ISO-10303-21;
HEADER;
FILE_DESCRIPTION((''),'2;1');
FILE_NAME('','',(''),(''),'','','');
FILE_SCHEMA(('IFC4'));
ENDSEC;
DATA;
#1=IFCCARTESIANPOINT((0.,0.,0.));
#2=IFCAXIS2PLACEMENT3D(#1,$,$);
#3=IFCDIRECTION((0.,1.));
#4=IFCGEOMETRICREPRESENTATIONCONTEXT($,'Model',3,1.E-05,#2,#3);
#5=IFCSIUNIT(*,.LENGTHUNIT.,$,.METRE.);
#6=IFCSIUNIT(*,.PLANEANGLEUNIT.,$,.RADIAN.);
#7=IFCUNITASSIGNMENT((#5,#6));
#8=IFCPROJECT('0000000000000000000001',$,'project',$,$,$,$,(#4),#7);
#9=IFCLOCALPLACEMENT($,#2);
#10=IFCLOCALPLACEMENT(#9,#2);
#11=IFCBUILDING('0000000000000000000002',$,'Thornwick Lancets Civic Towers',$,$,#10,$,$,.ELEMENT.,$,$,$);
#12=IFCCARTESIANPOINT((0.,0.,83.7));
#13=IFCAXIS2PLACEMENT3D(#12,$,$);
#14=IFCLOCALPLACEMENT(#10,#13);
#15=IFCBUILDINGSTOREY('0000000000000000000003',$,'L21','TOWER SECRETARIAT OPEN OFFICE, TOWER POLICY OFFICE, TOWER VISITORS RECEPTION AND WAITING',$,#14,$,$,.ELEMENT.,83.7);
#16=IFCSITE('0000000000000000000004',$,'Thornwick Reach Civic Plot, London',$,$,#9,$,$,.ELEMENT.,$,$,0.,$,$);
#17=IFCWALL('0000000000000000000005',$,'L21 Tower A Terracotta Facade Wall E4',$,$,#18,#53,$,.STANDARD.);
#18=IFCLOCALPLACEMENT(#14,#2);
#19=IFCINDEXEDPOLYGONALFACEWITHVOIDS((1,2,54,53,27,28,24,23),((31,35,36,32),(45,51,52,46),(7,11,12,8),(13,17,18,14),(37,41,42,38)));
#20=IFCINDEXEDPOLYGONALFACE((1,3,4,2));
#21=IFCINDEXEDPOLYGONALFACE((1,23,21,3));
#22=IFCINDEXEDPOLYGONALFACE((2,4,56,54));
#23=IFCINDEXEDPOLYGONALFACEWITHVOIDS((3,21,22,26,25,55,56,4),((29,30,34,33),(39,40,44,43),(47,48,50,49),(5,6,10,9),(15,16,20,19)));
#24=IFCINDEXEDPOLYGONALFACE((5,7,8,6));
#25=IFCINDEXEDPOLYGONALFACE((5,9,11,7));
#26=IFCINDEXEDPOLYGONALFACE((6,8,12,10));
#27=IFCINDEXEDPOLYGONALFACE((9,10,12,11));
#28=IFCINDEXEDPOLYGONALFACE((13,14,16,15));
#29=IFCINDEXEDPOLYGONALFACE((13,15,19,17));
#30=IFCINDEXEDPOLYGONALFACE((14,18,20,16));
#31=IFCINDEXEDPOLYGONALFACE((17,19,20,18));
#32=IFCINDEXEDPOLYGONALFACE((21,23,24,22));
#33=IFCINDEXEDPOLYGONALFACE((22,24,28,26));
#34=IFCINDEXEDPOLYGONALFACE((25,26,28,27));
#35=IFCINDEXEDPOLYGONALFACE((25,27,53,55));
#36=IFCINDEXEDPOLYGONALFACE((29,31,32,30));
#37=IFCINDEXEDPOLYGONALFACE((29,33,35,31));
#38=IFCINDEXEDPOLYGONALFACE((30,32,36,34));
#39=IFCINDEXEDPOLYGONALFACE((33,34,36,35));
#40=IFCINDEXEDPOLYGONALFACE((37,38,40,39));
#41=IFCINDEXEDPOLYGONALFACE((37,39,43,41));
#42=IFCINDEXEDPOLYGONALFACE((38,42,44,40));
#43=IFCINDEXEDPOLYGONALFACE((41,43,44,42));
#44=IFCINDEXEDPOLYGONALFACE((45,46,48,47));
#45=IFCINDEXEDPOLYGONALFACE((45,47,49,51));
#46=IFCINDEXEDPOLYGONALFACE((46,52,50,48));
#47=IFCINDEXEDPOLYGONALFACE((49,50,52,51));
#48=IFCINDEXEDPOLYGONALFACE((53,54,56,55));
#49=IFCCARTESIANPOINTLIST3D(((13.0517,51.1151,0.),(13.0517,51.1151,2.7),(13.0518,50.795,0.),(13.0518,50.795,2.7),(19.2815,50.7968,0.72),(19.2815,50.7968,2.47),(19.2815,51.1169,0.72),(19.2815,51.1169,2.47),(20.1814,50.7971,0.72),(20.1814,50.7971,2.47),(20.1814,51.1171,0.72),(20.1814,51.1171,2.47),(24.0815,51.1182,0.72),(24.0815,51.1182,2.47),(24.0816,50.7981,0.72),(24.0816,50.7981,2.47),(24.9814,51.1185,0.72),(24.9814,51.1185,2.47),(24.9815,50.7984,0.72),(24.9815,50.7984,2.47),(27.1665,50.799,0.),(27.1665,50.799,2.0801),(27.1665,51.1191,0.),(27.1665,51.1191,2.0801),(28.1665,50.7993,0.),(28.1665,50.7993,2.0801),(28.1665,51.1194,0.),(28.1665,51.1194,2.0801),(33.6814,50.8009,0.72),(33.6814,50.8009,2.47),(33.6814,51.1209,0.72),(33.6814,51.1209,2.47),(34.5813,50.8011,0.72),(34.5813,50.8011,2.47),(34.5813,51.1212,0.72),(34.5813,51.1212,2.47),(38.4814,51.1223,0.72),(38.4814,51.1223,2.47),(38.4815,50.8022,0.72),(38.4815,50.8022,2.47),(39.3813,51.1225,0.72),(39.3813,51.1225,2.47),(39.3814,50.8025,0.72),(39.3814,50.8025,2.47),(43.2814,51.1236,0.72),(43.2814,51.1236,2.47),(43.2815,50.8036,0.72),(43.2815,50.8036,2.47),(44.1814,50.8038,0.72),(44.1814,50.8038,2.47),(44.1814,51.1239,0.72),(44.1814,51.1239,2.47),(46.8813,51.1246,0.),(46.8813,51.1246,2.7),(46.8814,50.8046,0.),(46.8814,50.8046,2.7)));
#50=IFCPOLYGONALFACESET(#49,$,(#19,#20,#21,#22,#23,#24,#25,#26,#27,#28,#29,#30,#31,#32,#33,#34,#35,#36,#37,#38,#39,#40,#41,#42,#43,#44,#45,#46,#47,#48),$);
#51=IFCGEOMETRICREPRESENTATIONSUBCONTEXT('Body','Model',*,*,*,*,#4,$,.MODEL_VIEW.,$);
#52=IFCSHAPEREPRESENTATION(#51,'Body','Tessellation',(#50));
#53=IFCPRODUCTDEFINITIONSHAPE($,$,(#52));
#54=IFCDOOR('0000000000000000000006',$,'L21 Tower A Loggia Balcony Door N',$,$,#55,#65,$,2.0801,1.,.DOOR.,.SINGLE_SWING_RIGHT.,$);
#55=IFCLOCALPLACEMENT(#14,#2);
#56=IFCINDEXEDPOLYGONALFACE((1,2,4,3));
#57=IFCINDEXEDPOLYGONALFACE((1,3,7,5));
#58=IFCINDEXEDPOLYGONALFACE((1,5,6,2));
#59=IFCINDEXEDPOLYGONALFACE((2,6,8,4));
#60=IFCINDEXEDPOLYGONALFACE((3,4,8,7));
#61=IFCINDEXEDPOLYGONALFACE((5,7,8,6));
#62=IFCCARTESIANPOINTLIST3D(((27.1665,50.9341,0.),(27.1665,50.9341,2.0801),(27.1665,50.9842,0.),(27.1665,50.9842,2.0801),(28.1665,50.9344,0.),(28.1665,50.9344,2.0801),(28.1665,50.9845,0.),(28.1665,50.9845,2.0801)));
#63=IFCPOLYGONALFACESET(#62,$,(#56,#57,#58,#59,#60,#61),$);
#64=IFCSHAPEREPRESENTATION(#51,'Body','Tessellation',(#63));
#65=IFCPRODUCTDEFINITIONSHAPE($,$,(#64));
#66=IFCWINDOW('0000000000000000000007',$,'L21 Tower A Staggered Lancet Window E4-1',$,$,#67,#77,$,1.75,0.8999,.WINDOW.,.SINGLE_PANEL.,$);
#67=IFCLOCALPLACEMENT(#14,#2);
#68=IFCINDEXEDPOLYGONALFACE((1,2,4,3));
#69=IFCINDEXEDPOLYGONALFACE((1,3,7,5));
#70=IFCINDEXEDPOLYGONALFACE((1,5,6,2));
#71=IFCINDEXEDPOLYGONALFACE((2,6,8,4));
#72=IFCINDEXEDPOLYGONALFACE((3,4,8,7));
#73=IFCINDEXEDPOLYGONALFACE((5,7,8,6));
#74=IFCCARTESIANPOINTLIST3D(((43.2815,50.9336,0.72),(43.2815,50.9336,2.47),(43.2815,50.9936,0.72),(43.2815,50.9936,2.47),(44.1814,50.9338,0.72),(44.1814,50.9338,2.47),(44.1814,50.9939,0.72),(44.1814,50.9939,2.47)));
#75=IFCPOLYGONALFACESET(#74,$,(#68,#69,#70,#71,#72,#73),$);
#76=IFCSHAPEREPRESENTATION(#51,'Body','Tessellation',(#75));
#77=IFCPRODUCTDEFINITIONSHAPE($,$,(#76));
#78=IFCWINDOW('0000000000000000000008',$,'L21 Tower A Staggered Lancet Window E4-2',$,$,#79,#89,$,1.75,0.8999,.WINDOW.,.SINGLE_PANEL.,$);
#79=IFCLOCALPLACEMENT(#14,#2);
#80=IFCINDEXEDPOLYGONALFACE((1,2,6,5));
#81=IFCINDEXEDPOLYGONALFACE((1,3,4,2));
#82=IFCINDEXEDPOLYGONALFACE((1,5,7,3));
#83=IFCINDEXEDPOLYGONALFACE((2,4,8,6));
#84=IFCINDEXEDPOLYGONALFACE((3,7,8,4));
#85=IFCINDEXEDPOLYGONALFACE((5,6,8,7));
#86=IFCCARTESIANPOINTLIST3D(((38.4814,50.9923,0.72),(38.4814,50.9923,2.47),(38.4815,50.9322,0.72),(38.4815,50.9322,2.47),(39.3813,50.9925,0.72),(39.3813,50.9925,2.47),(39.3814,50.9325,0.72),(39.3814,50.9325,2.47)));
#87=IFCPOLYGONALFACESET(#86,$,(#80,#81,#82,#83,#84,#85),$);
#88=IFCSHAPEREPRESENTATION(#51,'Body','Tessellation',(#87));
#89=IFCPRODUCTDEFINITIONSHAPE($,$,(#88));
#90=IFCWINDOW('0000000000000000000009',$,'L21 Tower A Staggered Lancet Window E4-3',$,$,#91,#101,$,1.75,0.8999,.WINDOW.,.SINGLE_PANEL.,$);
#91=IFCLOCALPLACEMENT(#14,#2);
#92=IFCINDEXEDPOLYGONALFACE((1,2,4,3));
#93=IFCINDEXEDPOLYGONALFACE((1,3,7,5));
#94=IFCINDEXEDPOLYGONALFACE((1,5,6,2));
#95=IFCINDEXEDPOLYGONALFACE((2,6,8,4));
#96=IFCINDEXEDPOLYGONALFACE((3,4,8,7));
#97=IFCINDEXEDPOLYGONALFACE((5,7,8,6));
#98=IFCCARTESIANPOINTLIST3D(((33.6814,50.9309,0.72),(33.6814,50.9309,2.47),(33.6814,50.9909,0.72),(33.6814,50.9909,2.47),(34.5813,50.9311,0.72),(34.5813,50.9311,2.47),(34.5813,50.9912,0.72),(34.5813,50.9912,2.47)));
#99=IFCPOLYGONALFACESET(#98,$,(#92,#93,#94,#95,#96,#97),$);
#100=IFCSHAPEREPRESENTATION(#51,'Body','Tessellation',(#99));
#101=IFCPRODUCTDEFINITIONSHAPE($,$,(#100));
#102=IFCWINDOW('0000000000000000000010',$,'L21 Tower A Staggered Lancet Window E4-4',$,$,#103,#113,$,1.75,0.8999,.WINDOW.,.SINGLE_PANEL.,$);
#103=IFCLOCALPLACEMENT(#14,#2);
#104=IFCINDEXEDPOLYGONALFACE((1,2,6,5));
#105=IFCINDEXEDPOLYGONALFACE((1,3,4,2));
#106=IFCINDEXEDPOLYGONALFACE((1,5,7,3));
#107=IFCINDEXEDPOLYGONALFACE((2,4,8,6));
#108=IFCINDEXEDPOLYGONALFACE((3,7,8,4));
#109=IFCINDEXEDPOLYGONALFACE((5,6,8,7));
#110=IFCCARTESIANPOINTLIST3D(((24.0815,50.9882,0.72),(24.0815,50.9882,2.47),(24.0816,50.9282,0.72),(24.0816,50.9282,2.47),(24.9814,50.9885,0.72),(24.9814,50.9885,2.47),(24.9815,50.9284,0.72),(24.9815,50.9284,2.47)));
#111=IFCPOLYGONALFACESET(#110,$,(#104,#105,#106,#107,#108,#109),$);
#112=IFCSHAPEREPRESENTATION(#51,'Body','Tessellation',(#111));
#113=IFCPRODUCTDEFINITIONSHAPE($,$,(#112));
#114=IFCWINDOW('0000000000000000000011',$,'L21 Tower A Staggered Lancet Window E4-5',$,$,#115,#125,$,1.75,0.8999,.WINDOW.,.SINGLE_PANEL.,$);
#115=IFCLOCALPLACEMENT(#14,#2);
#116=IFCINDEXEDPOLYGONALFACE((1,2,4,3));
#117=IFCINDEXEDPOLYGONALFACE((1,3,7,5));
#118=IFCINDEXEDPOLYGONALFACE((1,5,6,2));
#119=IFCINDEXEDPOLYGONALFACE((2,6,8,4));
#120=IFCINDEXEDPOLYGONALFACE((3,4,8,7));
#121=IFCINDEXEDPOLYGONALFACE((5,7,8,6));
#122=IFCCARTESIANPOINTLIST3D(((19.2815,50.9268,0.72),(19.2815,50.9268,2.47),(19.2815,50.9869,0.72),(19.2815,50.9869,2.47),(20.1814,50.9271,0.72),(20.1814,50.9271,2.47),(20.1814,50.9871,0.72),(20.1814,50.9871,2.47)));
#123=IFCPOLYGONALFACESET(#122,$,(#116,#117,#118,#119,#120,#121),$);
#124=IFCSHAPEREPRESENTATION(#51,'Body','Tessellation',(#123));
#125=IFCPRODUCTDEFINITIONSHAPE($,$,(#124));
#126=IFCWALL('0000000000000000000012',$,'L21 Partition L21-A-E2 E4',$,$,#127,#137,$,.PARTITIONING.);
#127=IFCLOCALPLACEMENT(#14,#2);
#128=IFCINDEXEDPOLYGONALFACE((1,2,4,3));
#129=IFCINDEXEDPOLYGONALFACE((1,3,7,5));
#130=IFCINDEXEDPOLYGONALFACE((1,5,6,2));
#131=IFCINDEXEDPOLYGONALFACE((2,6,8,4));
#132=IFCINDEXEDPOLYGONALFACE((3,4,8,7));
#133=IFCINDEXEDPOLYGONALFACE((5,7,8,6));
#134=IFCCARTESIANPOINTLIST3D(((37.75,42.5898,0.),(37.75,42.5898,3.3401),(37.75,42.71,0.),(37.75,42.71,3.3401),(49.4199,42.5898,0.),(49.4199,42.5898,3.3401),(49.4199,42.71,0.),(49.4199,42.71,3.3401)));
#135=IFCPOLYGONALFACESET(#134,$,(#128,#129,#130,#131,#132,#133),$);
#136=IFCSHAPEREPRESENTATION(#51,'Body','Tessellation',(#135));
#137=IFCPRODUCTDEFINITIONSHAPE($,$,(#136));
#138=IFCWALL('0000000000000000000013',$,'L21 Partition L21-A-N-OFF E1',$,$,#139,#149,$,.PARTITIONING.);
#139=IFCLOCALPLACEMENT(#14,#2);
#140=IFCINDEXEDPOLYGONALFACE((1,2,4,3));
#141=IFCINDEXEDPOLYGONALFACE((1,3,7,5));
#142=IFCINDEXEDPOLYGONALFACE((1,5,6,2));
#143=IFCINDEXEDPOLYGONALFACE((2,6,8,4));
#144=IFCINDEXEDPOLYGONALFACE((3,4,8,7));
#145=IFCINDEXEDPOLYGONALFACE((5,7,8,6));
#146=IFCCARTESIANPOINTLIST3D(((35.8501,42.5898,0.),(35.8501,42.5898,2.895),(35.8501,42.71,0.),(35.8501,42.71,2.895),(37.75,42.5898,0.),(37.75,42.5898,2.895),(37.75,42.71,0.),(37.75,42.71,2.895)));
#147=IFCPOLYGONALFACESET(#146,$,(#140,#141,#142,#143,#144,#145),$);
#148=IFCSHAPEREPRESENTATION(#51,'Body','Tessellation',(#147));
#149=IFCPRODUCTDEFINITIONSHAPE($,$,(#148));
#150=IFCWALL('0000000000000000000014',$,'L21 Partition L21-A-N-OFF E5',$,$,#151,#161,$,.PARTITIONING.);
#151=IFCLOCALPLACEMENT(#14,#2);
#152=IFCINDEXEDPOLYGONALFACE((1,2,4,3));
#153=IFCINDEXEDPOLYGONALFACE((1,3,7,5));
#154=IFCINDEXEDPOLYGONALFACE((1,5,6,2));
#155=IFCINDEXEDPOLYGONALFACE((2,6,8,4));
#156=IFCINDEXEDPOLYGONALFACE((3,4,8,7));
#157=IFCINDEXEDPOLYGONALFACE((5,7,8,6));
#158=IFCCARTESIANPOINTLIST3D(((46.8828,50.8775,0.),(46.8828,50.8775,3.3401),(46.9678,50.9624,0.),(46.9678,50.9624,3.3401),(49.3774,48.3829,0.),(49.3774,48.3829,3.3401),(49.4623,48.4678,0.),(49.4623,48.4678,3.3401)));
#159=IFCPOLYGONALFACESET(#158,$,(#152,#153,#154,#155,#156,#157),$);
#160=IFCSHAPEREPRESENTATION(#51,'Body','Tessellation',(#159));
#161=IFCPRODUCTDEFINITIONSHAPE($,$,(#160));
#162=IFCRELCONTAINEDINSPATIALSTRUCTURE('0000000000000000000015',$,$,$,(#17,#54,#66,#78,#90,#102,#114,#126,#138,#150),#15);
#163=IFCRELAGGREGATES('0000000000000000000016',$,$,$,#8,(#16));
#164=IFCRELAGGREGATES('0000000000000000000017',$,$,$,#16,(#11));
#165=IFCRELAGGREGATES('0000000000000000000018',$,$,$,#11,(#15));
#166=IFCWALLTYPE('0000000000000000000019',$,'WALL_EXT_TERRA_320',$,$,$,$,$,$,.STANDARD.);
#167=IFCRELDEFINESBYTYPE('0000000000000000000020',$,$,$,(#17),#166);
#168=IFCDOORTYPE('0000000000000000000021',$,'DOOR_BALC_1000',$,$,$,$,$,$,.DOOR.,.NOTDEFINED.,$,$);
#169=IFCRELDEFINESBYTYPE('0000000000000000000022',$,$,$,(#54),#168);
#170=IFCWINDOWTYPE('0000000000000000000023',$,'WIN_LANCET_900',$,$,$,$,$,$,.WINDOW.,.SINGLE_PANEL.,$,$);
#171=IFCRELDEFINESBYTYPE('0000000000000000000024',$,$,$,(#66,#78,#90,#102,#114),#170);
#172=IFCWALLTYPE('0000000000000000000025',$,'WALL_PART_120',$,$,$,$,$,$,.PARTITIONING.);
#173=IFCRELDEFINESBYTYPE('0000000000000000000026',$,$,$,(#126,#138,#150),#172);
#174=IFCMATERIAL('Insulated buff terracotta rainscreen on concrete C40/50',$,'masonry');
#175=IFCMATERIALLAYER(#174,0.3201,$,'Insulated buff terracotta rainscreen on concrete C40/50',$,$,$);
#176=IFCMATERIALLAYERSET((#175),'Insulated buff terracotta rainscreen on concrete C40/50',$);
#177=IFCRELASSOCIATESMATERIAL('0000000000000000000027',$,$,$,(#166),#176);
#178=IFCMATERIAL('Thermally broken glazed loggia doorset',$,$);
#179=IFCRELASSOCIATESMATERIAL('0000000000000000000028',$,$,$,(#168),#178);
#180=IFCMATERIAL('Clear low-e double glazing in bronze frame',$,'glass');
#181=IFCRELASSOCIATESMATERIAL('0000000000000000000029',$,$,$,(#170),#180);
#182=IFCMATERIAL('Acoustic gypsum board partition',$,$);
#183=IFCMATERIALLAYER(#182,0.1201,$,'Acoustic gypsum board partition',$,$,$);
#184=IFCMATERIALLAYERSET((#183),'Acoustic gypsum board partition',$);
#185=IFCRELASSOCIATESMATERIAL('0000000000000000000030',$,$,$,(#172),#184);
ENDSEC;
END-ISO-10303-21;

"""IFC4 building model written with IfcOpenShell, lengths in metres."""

from ifc_helpers import new_model, si_unit, direction, frame, frame_2d, origin, place, context, subcontext, project, spatial, rectangle, extrude, material, layer, layer_set, type_object, element, fill, save


model = new_model("IFC4")

# Units and contexts
model_context = context("Model", 3, precision=1e-05, world=origin(), true_north=direction((0.0, 1.0)))
body_context = subcontext(model_context, "Body", "Model", "MODEL_VIEW")
ifc_project = project(units=[si_unit("LENGTHUNIT", "METRE"), si_unit("PLANEANGLEUNIT", "RADIAN")], contexts=[model_context])

# Site, building, storey
site_placement = place(None, origin())
site = spatial("IfcSite", under=ifc_project, at=site_placement, Name="Thornwick Reach Civic Plot, London", CompositionType="ELEMENT", RefElevation=0.0)
building_placement = place(site_placement, origin())
building = spatial("IfcBuilding", under=site, at=building_placement, Name="Thornwick Lancets Civic Towers", CompositionType="ELEMENT")
storey_placement = place(building_placement, frame((0.0, 0.0, 83.7)))
storey = spatial("IfcBuildingStorey", under=building, at=storey_placement, Name="L21", Description="TOWER SECRETARIAT OPEN OFFICE, TOWER POLICY OFFICE, TOWER VISITORS RECEPTION AND WAITING", CompositionType="ELEMENT", Elevation=83.7)

# Wall, openings, door, windows
ifc_material_1 = material(Name="Insulated buff terracotta rainscreen on concrete C40/50", Category="masonry")
ifc_layer_1 = layer(ifc_material_1, 0.3201, Name="Insulated buff terracotta rainscreen on concrete C40/50")
ifc_layer_set_1 = layer_set([ifc_layer_1], Name="Insulated buff terracotta rainscreen on concrete C40/50")
wall_type_1 = type_object("IfcWallType", Name="WALL_EXT_TERRA_320", PredefinedType="STANDARD", material=ifc_layer_set_1)
wall_1_placement = place(storey_placement, frame((46.8813, 50.9646, 0.0), z_axis=(0.0, 0.0, 1.0), x_axis=(-1.0, -0.000281, 0.0)))
wall_1 = element("IfcWall", 1, at=wall_1_placement, inside=storey, type_object=wall_type_1, Name="L21 Tower A Terracotta Facade Wall E4", PredefinedType="STANDARD", context=body_context, shape_type="SweptSolid", body=[
    extrude(rectangle(XDim=33.8296, YDim=0.3201, at=frame_2d((16.9148, 0.0))), origin(), (0.0, 0.0, 1.0), 2.7),
])
opening_1_placement = place(wall_1_placement, frame((18.7148, 0.0, 0.0)))
opening_1 = element("IfcOpeningElement", 2, at=opening_1_placement, cuts=wall_1, PredefinedType="OPENING", context=body_context, shape_type="SweptSolid", body=[
    extrude(rectangle(XDim=1.0, YDim=2.0801, at=frame_2d((0.5, 1.04))), frame((0.0, 0.1699, 0.0), z_axis=(0.0, -1.0, 0.0), x_axis=(1.0, 0.0, 0.0)), (0.0, 0.0, 1.0), 0.3401),
])
opening_2_placement = place(wall_1_placement, frame((2.7, 0.0, 0.72)))
opening_2 = element("IfcOpeningElement", 3, at=opening_2_placement, cuts=wall_1, PredefinedType="OPENING", context=body_context, shape_type="SweptSolid", body=[
    extrude(rectangle(XDim=0.8999, YDim=1.75, at=frame_2d((0.45, 0.875))), frame((0.0, 0.1699, 0.0), z_axis=(0.0, -1.0, 0.0), x_axis=(1.0, 0.0, 0.0)), (0.0, 0.0, 1.0), 0.3401),
])
opening_3_placement = place(wall_1_placement, frame((7.5, 0.0, 0.72)))
opening_3 = element("IfcOpeningElement", 4, at=opening_3_placement, cuts=wall_1, PredefinedType="OPENING", context=body_context, shape_type="SweptSolid", body=[
    extrude(rectangle(XDim=0.8999, YDim=1.75, at=frame_2d((0.45, 0.875))), frame((0.0, 0.1699, 0.0), z_axis=(0.0, -1.0, 0.0), x_axis=(1.0, 0.0, 0.0)), (0.0, 0.0, 1.0), 0.3401),
])
opening_4_placement = place(wall_1_placement, frame((12.3, 0.0, 0.72)))
opening_4 = element("IfcOpeningElement", 5, at=opening_4_placement, cuts=wall_1, PredefinedType="OPENING", context=body_context, shape_type="SweptSolid", body=[
    extrude(rectangle(XDim=0.8999, YDim=1.75, at=frame_2d((0.45, 0.875))), frame((0.0, 0.1699, 0.0), z_axis=(0.0, -1.0, 0.0), x_axis=(1.0, 0.0, 0.0)), (0.0, 0.0, 1.0), 0.3401),
])
opening_5_placement = place(wall_1_placement, frame((21.8999, 0.0, 0.72)))
opening_5 = element("IfcOpeningElement", 6, at=opening_5_placement, cuts=wall_1, PredefinedType="OPENING", context=body_context, shape_type="SweptSolid", body=[
    extrude(rectangle(XDim=0.8999, YDim=1.75, at=frame_2d((0.45, 0.875))), frame((0.0, 0.1699, 0.0), z_axis=(0.0, -1.0, 0.0), x_axis=(1.0, 0.0, 0.0)), (0.0, 0.0, 1.0), 0.3401),
])
opening_6_placement = place(wall_1_placement, frame((26.7, 0.0, 0.72)))
opening_6 = element("IfcOpeningElement", 7, at=opening_6_placement, cuts=wall_1, PredefinedType="OPENING", context=body_context, shape_type="SweptSolid", body=[
    extrude(rectangle(XDim=0.8999, YDim=1.75, at=frame_2d((0.45, 0.875))), frame((0.0, 0.1699, 0.0), z_axis=(0.0, -1.0, 0.0), x_axis=(1.0, 0.0, 0.0)), (0.0, 0.0, 1.0), 0.3401),
])
ifc_material_2 = material(Name="Thermally broken glazed loggia doorset")
door_type = type_object("IfcDoorType", Name="DOOR_BALC_1000", OperationType="NOTDEFINED", PredefinedType="DOOR", material=ifc_material_2)
door_placement = place(opening_1_placement, origin())
door = element("IfcDoor", 8, at=door_placement, inside=storey, type_object=door_type, Name="L21 Tower A Loggia Balcony Door N", OperationType="SINGLE_SWING_RIGHT", OverallHeight=2.0801, OverallWidth=1.0, PredefinedType="DOOR", context=body_context, shape_type="SweptSolid", body=[
    extrude(rectangle(XDim=1.0, YDim=2.0801, at=frame_2d((0.5, 1.04))), frame((0.0, 0.0249, 0.0), z_axis=(0.0, -1.0, 0.0), x_axis=(1.0, 0.0, 0.0)), (0.0, 0.0, 1.0), 0.05),
])
fill(opening_1, door)
ifc_material_3 = material(Name="Clear low-e double glazing in bronze frame", Category="glass")
window_type = type_object("IfcWindowType", Name="WIN_LANCET_900", PartitioningType="SINGLE_PANEL", PredefinedType="WINDOW", material=ifc_material_3)
window_1_placement = place(opening_2_placement, origin())
window_1 = element("IfcWindow", 9, at=window_1_placement, inside=storey, type_object=window_type, Name="L21 Tower A Staggered Lancet Window E4-1", OverallHeight=1.75, OverallWidth=0.8999, PartitioningType="SINGLE_PANEL", PredefinedType="WINDOW", context=body_context, shape_type="SweptSolid", body=[
    extrude(rectangle(XDim=0.8999, YDim=1.75, at=frame_2d((0.45, 0.875))), frame((0.0, 0.03, 0.0), z_axis=(0.0, -1.0, 0.0), x_axis=(1.0, 0.0, 0.0)), (0.0, 0.0, 1.0), 0.0601),
])
fill(opening_2, window_1)
window_2_placement = place(opening_3_placement, origin())
window_2 = element("IfcWindow", 10, at=window_2_placement, inside=storey, type_object=window_type, Name="L21 Tower A Staggered Lancet Window E4-2", OverallHeight=1.75, OverallWidth=0.8999, PartitioningType="SINGLE_PANEL", PredefinedType="WINDOW", context=body_context, shape_type="SweptSolid", body=[
    extrude(rectangle(XDim=0.8999, YDim=1.75, at=frame_2d((0.45, 0.875))), frame((0.0, 0.03, 0.0), z_axis=(0.0, -1.0, 0.0), x_axis=(1.0, 0.0, 0.0)), (0.0, 0.0, 1.0), 0.0601),
])
fill(opening_3, window_2)
window_3_placement = place(opening_4_placement, origin())
window_3 = element("IfcWindow", 11, at=window_3_placement, inside=storey, type_object=window_type, Name="L21 Tower A Staggered Lancet Window E4-3", OverallHeight=1.75, OverallWidth=0.8999, PartitioningType="SINGLE_PANEL", PredefinedType="WINDOW", context=body_context, shape_type="SweptSolid", body=[
    extrude(rectangle(XDim=0.8999, YDim=1.75, at=frame_2d((0.45, 0.875))), frame((0.0, 0.03, 0.0), z_axis=(0.0, -1.0, 0.0), x_axis=(1.0, 0.0, 0.0)), (0.0, 0.0, 1.0), 0.0601),
])
fill(opening_4, window_3)
window_4_placement = place(opening_5_placement, origin())
window_4 = element("IfcWindow", 12, at=window_4_placement, inside=storey, type_object=window_type, Name="L21 Tower A Staggered Lancet Window E4-4", OverallHeight=1.75, OverallWidth=0.8999, PartitioningType="SINGLE_PANEL", PredefinedType="WINDOW", context=body_context, shape_type="SweptSolid", body=[
    extrude(rectangle(XDim=0.8999, YDim=1.75, at=frame_2d((0.45, 0.875))), frame((0.0, 0.03, 0.0), z_axis=(0.0, -1.0, 0.0), x_axis=(1.0, 0.0, 0.0)), (0.0, 0.0, 1.0), 0.0601),
])
fill(opening_5, window_4)
window_5_placement = place(opening_6_placement, origin())
window_5 = element("IfcWindow", 13, at=window_5_placement, inside=storey, type_object=window_type, Name="L21 Tower A Staggered Lancet Window E4-5", OverallHeight=1.75, OverallWidth=0.8999, PartitioningType="SINGLE_PANEL", PredefinedType="WINDOW", context=body_context, shape_type="SweptSolid", body=[
    extrude(rectangle(XDim=0.8999, YDim=1.75, at=frame_2d((0.45, 0.875))), frame((0.0, 0.03, 0.0), z_axis=(0.0, -1.0, 0.0), x_axis=(1.0, 0.0, 0.0)), (0.0, 0.0, 1.0), 0.0601),
])
fill(opening_6, window_5)

# Walls
ifc_material_4 = material(Name="Acoustic gypsum board partition")
ifc_layer_2 = layer(ifc_material_4, 0.1201, Name="Acoustic gypsum board partition")
ifc_layer_set_2 = layer_set([ifc_layer_2], Name="Acoustic gypsum board partition")
wall_type_2 = type_object("IfcWallType", Name="WALL_PART_120", PredefinedType="PARTITIONING", material=ifc_layer_set_2)
wall_2_placement = place(storey_placement, frame((37.75, 42.6499, 0.0), z_axis=(0.0, 0.0, 1.0), x_axis=(1.0, 0.0, 0.0)))
element("IfcWall", 14, at=wall_2_placement, inside=storey, type_object=wall_type_2, Name="L21 Partition L21-A-E2 E4", PredefinedType="PARTITIONING", context=body_context, shape_type="SweptSolid", body=[
    extrude(rectangle(XDim=11.6699, YDim=0.1201, at=frame_2d((5.835, 0.0))), origin(), (0.0, 0.0, 1.0), 3.3401),
])
wall_3_placement = place(storey_placement, frame((37.75, 42.6499, 0.0), z_axis=(0.0, 0.0, 1.0), x_axis=(-1.0, 0.0, 0.0)))
element("IfcWall", 15, at=wall_3_placement, inside=storey, type_object=wall_type_2, Name="L21 Partition L21-A-N-OFF E1", PredefinedType="PARTITIONING", context=body_context, shape_type="SweptSolid", body=[
    extrude(rectangle(XDim=1.8999, YDim=0.1201, at=frame_2d((0.95, 0.0))), origin(), (0.0, 0.0, 1.0), 2.895),
])
wall_4_placement = place(storey_placement, frame((46.9253, 50.9199, 0.0), z_axis=(0.0, 0.0, 1.0), x_axis=(0.707107, -0.707107, 0.0)))
element("IfcWall", 16, at=wall_4_placement, inside=storey, type_object=wall_type_2, Name="L21 Partition L21-A-N-OFF E5", PredefinedType="PARTITIONING", context=body_context, shape_type="SweptSolid", body=[
    extrude(rectangle(XDim=3.5278, YDim=0.1201, at=frame_2d((1.7639, 0.0))), origin(), (0.0, 0.0, 1.0), 3.3401),
])

save(model, "model.ifc")
